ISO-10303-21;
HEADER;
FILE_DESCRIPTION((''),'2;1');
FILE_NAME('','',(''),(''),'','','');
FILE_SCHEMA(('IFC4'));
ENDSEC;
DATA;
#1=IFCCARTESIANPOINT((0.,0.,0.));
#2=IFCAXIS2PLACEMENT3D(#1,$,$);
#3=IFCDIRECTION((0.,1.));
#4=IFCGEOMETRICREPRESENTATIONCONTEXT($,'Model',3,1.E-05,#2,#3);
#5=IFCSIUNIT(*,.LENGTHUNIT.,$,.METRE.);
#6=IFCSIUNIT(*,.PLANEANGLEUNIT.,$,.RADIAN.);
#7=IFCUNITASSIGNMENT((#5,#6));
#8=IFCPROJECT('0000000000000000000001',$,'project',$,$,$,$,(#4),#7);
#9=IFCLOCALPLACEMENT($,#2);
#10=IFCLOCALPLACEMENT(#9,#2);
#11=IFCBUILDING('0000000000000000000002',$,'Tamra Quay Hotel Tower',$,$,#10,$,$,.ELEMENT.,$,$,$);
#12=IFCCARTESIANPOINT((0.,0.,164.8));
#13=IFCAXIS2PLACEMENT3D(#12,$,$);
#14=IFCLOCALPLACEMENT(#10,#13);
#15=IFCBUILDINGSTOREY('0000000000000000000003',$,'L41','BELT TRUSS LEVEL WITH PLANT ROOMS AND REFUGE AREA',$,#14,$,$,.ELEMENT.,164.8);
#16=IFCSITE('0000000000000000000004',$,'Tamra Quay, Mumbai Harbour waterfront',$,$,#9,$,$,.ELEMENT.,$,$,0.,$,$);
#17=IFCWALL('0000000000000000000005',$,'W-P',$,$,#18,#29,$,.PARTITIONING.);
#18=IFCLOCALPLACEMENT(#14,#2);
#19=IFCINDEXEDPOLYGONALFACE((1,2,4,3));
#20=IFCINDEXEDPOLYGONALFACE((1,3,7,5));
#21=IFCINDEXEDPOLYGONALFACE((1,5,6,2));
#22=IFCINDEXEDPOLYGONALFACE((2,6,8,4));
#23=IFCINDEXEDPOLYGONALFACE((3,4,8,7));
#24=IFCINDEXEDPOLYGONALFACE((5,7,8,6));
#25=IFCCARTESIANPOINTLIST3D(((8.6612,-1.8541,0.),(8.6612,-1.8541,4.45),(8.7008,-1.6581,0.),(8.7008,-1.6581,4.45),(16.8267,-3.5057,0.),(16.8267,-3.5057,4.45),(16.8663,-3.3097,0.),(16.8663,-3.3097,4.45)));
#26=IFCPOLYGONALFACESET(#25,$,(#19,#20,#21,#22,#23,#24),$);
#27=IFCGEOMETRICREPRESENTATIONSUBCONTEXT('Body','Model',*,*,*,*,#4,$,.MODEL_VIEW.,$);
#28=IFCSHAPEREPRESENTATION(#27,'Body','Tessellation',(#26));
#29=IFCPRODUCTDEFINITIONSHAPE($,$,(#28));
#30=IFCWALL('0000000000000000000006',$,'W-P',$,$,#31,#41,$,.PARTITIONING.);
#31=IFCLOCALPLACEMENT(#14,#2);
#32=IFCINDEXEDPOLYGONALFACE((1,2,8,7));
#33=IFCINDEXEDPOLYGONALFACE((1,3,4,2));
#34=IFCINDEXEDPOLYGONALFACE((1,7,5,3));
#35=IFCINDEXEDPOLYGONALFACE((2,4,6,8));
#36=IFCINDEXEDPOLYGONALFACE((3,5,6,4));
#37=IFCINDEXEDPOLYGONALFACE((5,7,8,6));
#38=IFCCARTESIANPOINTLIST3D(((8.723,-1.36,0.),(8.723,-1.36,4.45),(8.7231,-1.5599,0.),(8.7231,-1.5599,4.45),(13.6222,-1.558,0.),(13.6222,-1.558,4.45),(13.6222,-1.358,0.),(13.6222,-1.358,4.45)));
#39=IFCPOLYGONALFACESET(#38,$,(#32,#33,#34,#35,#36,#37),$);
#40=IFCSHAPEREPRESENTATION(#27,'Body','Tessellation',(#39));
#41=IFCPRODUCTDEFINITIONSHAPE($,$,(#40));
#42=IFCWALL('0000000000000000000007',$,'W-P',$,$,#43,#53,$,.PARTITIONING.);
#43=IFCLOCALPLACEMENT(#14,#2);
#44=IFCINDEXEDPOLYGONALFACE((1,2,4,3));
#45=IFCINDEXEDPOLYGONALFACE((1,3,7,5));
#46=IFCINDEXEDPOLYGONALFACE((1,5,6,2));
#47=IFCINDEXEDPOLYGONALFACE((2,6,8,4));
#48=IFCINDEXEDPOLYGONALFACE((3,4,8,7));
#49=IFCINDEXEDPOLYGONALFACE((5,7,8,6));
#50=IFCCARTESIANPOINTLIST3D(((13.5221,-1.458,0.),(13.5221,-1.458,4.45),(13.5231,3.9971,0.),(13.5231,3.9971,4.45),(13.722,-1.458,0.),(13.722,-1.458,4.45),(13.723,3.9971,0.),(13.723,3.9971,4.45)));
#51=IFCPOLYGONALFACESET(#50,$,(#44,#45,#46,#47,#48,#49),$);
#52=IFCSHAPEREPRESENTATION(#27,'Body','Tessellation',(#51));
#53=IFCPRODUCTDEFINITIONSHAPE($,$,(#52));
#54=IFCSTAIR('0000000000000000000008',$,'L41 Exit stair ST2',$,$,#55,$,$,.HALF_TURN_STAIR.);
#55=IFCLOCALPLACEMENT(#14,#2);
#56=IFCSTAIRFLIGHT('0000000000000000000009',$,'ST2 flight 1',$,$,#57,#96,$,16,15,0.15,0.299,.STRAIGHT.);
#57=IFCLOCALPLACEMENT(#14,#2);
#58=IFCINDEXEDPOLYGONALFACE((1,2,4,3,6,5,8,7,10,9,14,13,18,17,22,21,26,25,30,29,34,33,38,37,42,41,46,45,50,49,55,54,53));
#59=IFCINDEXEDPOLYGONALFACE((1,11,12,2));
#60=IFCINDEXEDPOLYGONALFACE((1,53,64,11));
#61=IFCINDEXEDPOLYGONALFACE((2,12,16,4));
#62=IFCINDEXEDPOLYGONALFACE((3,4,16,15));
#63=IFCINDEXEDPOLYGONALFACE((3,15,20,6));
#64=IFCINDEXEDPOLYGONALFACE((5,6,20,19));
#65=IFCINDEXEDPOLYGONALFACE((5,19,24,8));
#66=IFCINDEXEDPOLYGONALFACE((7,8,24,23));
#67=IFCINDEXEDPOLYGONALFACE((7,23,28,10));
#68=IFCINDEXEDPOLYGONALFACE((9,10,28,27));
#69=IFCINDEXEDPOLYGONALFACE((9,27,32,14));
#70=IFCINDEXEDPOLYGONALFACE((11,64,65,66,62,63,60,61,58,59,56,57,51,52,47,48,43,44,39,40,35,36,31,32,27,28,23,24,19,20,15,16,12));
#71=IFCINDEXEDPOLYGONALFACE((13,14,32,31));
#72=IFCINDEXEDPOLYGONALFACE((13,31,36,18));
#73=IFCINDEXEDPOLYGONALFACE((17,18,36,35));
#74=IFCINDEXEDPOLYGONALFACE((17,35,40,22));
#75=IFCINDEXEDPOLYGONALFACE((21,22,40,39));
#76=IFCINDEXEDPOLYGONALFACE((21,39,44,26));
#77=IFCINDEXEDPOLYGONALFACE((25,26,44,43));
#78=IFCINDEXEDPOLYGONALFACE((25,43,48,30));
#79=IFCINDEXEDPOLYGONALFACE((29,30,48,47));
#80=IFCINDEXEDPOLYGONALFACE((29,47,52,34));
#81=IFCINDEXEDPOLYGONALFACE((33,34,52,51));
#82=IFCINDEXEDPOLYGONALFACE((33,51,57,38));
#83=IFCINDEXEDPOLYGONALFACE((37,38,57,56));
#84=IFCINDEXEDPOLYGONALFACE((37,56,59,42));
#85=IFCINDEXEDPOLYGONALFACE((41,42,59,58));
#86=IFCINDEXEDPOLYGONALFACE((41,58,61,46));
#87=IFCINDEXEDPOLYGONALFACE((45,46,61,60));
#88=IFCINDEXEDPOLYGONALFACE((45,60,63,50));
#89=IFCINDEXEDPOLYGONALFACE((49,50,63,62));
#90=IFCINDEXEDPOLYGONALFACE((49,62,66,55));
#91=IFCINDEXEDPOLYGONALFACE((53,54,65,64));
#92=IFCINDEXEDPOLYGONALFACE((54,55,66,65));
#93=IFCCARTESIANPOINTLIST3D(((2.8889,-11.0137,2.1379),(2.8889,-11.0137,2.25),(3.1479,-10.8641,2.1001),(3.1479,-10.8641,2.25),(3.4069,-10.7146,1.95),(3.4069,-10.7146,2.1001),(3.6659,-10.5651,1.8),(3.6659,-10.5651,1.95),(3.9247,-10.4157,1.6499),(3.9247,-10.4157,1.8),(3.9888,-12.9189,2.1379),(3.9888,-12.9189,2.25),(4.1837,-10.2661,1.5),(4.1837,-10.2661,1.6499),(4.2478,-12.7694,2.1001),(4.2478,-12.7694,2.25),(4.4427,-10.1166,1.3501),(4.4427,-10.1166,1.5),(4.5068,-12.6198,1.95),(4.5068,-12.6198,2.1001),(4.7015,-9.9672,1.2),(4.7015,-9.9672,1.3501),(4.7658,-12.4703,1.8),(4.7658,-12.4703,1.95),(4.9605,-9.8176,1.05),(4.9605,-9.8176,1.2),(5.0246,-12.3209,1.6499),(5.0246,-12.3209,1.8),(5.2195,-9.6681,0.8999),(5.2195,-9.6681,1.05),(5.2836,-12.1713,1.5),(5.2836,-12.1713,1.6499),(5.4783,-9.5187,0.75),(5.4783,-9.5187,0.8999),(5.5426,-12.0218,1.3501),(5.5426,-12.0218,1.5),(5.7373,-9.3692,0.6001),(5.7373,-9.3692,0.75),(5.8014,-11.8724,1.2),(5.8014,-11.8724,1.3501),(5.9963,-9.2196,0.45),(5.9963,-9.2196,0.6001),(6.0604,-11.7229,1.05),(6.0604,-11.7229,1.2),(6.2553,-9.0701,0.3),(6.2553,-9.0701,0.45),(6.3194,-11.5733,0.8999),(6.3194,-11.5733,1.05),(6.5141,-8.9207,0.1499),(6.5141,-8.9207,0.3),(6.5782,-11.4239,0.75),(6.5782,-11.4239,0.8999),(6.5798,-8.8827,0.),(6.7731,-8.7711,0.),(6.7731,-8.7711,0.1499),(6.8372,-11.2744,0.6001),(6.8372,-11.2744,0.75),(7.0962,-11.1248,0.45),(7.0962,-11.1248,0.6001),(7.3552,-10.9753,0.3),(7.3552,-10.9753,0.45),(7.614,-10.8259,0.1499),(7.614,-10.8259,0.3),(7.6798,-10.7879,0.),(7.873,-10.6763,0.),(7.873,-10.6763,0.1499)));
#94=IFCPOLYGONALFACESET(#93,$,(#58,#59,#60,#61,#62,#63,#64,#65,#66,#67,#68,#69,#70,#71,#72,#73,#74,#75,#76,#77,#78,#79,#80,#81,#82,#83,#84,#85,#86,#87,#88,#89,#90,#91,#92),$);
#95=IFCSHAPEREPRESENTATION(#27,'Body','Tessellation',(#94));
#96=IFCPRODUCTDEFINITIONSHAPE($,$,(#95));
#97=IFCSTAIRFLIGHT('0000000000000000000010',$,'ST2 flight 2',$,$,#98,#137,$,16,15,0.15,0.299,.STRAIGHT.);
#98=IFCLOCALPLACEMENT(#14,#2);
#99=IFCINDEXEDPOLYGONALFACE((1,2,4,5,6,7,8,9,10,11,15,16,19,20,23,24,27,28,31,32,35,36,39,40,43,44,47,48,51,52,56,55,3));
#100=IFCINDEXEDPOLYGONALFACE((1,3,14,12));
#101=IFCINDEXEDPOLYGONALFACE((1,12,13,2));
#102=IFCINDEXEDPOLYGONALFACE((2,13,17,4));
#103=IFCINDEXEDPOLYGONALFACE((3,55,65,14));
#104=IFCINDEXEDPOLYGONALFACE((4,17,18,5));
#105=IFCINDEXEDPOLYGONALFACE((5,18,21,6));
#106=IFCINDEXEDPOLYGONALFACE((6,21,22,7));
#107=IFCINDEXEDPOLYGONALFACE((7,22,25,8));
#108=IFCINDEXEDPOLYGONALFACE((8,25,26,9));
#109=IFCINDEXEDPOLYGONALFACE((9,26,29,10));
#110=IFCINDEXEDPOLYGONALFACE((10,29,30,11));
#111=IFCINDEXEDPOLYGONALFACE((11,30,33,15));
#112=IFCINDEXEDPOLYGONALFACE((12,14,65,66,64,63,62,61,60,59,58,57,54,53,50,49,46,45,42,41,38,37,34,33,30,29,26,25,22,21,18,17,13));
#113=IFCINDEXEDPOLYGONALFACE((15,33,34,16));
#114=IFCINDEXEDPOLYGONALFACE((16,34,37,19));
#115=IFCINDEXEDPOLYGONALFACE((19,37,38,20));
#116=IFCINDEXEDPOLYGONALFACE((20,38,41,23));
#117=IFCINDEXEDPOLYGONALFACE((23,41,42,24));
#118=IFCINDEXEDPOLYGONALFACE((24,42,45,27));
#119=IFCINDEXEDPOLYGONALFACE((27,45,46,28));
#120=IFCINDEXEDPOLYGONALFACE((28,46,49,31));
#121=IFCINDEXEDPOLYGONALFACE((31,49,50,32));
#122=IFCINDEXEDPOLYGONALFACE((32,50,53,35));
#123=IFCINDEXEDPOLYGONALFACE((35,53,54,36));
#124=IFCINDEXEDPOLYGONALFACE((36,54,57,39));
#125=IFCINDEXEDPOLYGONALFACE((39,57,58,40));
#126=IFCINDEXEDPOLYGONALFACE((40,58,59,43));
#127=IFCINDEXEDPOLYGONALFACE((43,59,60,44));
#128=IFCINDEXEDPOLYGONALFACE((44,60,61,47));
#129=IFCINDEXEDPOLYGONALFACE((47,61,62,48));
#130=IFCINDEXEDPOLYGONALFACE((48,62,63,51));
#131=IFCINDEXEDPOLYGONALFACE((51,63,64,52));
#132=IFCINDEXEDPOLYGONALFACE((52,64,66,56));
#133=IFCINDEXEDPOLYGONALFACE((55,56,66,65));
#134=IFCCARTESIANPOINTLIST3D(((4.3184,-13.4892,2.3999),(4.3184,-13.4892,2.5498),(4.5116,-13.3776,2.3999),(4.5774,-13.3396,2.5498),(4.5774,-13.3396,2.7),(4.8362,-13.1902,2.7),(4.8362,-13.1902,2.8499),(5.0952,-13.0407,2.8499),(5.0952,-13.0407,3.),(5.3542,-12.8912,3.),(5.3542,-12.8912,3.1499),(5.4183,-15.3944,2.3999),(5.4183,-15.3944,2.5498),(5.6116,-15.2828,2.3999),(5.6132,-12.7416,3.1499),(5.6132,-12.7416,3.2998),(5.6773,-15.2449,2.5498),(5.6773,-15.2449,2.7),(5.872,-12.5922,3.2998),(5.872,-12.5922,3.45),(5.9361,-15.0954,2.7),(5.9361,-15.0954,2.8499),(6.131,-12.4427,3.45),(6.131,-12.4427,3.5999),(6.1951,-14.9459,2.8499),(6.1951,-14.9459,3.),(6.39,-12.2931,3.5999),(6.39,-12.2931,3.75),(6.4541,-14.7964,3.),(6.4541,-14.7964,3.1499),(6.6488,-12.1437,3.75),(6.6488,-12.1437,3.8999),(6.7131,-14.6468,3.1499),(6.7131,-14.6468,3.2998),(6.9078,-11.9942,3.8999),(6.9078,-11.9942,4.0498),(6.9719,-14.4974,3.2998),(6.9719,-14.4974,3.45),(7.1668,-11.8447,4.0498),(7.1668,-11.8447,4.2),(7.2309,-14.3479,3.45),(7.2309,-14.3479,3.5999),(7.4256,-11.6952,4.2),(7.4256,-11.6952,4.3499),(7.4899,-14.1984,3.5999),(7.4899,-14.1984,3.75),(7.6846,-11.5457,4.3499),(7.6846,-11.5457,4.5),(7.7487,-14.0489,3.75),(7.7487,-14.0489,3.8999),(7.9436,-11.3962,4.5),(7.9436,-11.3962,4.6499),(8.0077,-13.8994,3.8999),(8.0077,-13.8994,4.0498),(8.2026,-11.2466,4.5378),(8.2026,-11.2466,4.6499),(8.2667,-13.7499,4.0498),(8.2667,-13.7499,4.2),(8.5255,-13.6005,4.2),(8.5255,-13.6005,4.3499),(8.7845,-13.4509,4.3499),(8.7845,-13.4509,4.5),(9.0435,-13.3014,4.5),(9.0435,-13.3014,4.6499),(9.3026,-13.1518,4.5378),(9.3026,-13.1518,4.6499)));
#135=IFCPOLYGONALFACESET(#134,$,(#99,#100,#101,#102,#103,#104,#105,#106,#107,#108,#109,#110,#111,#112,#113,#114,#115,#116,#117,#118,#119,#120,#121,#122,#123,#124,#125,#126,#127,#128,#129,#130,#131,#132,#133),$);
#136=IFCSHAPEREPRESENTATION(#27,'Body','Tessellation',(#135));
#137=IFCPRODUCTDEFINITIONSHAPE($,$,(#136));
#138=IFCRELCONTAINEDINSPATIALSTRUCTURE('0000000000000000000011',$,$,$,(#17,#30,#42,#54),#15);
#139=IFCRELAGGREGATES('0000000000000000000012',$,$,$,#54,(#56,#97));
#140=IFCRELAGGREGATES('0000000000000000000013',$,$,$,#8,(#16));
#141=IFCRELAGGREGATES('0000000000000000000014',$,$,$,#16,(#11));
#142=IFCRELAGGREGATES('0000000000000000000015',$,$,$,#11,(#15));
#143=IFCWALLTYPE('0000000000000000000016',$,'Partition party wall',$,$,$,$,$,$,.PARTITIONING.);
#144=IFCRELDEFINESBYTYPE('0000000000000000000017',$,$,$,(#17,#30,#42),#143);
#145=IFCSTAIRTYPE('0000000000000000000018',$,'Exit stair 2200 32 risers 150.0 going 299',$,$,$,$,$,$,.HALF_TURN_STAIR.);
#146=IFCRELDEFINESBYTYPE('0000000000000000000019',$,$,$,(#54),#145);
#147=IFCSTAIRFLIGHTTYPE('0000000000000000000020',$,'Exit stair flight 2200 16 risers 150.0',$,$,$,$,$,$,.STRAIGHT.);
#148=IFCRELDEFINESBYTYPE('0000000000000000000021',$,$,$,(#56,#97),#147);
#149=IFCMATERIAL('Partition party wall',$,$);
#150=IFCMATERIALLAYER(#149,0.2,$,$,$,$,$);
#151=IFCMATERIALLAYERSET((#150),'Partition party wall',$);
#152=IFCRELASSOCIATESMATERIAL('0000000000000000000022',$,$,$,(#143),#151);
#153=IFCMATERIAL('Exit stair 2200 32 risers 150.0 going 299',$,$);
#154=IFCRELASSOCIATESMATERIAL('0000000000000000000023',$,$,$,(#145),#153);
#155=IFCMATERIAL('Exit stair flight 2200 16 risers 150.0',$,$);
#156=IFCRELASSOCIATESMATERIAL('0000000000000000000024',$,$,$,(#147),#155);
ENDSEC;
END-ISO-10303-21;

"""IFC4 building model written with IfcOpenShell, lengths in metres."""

from ifc_helpers import new_model, si_unit, direction, frame, frame_2d, origin, place, context, subcontext, project, spatial, polyline, rectangle, outline, extrude, material, layer, layer_set, type_object, element, aggregate, save


model = new_model("IFC4")

# Units and contexts
model_context = context("Model", 3, precision=1e-05, world=origin(), true_north=direction((0.0, 1.0)))
body_context = subcontext(model_context, "Body", "Model", "MODEL_VIEW")
ifc_project = project(units=[si_unit("LENGTHUNIT", "METRE"), si_unit("PLANEANGLEUNIT", "RADIAN")], contexts=[model_context])

# Site, building, storey
site_placement = place(None, origin())
site = spatial("IfcSite", under=ifc_project, at=site_placement, Name="Tamra Quay, Mumbai Harbour waterfront", CompositionType="ELEMENT", RefElevation=0.0)
building_placement = place(site_placement, origin())
building = spatial("IfcBuilding", under=site, at=building_placement, Name="Tamra Quay Hotel Tower", CompositionType="ELEMENT")
storey_placement = place(building_placement, frame((0.0, 0.0, 164.8)))
storey = spatial("IfcBuildingStorey", under=building, at=storey_placement, Name="L41", Description="BELT TRUSS LEVEL WITH PLANT ROOMS AND REFUGE AREA", CompositionType="ELEMENT", Elevation=164.8)

# Walls
ifc_material_1 = material(Name="Partition party wall")
ifc_layer_1 = layer(ifc_material_1, 0.2)
ifc_layer_set_1 = layer_set([ifc_layer_1], Name="Partition party wall")
wall_type_1 = type_object("IfcWallType", Name="Partition party wall", PredefinedType="PARTITIONING", material=ifc_layer_set_1)
wall_1_placement = place(storey_placement, frame((8.6809, -1.7561, 0.0), z_axis=(0.0, 0.0, 1.0), x_axis=(0.980151, -0.198252, 0.0)))
element("IfcWall", 1, at=wall_1_placement, inside=storey, type_object=wall_type_1, Name="W-P", PredefinedType="PARTITIONING", context=body_context, shape_type="SweptSolid", body=[
    extrude(rectangle(XDim=8.3308, YDim=0.2, at=frame_2d((4.1655, 0.0))), origin(), (0.0, 0.0, 1.0), 4.45),
])
wall_2_placement = place(storey_placement, frame((8.7229, -1.46, 0.0), z_axis=(0.0, 0.0, 1.0), x_axis=(1.0, 0.000399, 0.0)))
element("IfcWall", 2, at=wall_2_placement, inside=storey, type_object=wall_type_1, Name="W-P", PredefinedType="PARTITIONING", context=body_context, shape_type="SweptSolid", body=[
    extrude(rectangle(XDim=4.8992, YDim=0.2, at=frame_2d((2.4497, 0.0))), origin(), (0.0, 0.0, 1.0), 4.45),
])
wall_3_placement = place(storey_placement, frame((13.6221, -1.458, 0.0), z_axis=(0.0, 0.0, 1.0), x_axis=(0.000179, 1.0, 0.0)))
element("IfcWall", 3, at=wall_3_placement, inside=storey, type_object=wall_type_1, Name="W-P", PredefinedType="PARTITIONING", context=body_context, shape_type="SweptSolid", body=[
    extrude(rectangle(XDim=5.4551, YDim=0.2, at=frame_2d((2.7275, 0.0))), origin(), (0.0, 0.0, 1.0), 4.45),
])

# Stair, stair flights
ifc_material_2 = material(Name="Exit stair 2200 32 risers 150.0 going 299")
stair_type = type_object("IfcStairType", Name="Exit stair 2200 32 risers 150.0 going 299", PredefinedType="HALF_TURN_STAIR", material=ifc_material_2)
stair_placement = place(storey_placement, origin())
stair = element("IfcStair", 4, at=stair_placement, inside=storey, type_object=stair_type, Name="L41 Exit stair ST2", PredefinedType="HALF_TURN_STAIR")
ifc_material_3 = material(Name="Exit stair flight 2200 16 risers 150.0")
stair_flight_type = type_object("IfcStairFlightType", Name="Exit stair flight 2200 16 risers 150.0", PredefinedType="STRAIGHT", material=ifc_material_3)
stair_flight_1_placement = place(storey_placement, frame((7.323, -9.7236, 0.0), z_axis=(0.0, 0.0, 1.0), x_axis=(-0.866025, -0.5, 0.0)))
stair_flight_1 = element("IfcStairFlight", 5, at=stair_flight_1_placement, type_object=stair_flight_type, Name="ST2 flight 1", NumberOfRisers=16, NumberOfTreads=15, PredefinedType="STRAIGHT", RiserHeight=0.15, TreadLength=0.299, context=body_context, shape_type="SweptSolid", body=[
    extrude(outline(polyline([(0.0, 0.0), (0.0, 0.1499), (0.2991, 0.1499), (0.2991, 0.3), (0.5979, 0.3), (0.5979, 0.45), (0.897, 0.45), (0.897, 0.6001), (1.196, 0.6001), (1.196, 0.75), (1.4951, 0.75), (1.4951, 0.8999), (1.7939, 0.8999), (1.7939, 1.05), (2.093, 1.05), (2.093, 1.2), (2.3921, 1.2), (2.3921, 1.3501), (2.6909, 1.3501), (2.6909, 1.5), (2.99, 1.5), (2.99, 1.6499), (3.2891, 1.6499), (3.2891, 1.8), (3.5879, 1.8), (3.5879, 1.95), (3.887, 1.95), (3.887, 2.1001), (4.186, 2.1001), (4.186, 2.25), (4.4851, 2.25), (4.4851, 2.3999), (4.4851, 2.1379), (0.2231, 0.0), (0.0, 0.0)])), frame((0.0, 1.1001, 0.0), z_axis=(0.0, -1.0, 0.0), x_axis=(1.0, 0.0, 0.0)), (0.0, 0.0, 1.0), 2.2),
])
stair_flight_2_placement = place(storey_placement, frame((4.8684, -14.4419, 2.3999), z_axis=(0.0, 0.0, 1.0), x_axis=(0.866025, 0.5, 0.0)))
stair_flight_2 = element("IfcStairFlight", 6, at=stair_flight_2_placement, type_object=stair_flight_type, Name="ST2 flight 2", NumberOfRisers=16, NumberOfTreads=15, PredefinedType="STRAIGHT", RiserHeight=0.15, TreadLength=0.299, context=body_context, shape_type="SweptSolid", body=[
    extrude(outline(polyline([(0.0, 0.0), (0.0, 0.1499), (0.2991, 0.1499), (0.2991, 0.3), (0.5979, 0.3), (0.5979, 0.45), (0.897, 0.45), (0.897, 0.6001), (1.196, 0.6001), (1.196, 0.75), (1.4951, 0.75), (1.4951, 0.8999), (1.7939, 0.8999), (1.7939, 1.05), (2.093, 1.05), (2.093, 1.2), (2.3921, 1.2), (2.3921, 1.3501), (2.6909, 1.3501), (2.6909, 1.5), (2.99, 1.5), (2.99, 1.6499), (3.2891, 1.6499), (3.2891, 1.8), (3.5879, 1.8), (3.5879, 1.95), (3.887, 1.95), (3.887, 2.1001), (4.186, 2.1001), (4.186, 2.25), (4.4851, 2.25), (4.4851, 2.3999), (4.4851, 2.1379), (0.2231, 0.0), (0.0, 0.0)])), frame((0.0, 1.1001, 0.0), z_axis=(0.0, -1.0, 0.0), x_axis=(1.0, 0.0, 0.0)), (0.0, 0.0, 1.0), 2.2),
])
aggregate(stair, [stair_flight_1, stair_flight_2])

save(model, "model.ifc")
